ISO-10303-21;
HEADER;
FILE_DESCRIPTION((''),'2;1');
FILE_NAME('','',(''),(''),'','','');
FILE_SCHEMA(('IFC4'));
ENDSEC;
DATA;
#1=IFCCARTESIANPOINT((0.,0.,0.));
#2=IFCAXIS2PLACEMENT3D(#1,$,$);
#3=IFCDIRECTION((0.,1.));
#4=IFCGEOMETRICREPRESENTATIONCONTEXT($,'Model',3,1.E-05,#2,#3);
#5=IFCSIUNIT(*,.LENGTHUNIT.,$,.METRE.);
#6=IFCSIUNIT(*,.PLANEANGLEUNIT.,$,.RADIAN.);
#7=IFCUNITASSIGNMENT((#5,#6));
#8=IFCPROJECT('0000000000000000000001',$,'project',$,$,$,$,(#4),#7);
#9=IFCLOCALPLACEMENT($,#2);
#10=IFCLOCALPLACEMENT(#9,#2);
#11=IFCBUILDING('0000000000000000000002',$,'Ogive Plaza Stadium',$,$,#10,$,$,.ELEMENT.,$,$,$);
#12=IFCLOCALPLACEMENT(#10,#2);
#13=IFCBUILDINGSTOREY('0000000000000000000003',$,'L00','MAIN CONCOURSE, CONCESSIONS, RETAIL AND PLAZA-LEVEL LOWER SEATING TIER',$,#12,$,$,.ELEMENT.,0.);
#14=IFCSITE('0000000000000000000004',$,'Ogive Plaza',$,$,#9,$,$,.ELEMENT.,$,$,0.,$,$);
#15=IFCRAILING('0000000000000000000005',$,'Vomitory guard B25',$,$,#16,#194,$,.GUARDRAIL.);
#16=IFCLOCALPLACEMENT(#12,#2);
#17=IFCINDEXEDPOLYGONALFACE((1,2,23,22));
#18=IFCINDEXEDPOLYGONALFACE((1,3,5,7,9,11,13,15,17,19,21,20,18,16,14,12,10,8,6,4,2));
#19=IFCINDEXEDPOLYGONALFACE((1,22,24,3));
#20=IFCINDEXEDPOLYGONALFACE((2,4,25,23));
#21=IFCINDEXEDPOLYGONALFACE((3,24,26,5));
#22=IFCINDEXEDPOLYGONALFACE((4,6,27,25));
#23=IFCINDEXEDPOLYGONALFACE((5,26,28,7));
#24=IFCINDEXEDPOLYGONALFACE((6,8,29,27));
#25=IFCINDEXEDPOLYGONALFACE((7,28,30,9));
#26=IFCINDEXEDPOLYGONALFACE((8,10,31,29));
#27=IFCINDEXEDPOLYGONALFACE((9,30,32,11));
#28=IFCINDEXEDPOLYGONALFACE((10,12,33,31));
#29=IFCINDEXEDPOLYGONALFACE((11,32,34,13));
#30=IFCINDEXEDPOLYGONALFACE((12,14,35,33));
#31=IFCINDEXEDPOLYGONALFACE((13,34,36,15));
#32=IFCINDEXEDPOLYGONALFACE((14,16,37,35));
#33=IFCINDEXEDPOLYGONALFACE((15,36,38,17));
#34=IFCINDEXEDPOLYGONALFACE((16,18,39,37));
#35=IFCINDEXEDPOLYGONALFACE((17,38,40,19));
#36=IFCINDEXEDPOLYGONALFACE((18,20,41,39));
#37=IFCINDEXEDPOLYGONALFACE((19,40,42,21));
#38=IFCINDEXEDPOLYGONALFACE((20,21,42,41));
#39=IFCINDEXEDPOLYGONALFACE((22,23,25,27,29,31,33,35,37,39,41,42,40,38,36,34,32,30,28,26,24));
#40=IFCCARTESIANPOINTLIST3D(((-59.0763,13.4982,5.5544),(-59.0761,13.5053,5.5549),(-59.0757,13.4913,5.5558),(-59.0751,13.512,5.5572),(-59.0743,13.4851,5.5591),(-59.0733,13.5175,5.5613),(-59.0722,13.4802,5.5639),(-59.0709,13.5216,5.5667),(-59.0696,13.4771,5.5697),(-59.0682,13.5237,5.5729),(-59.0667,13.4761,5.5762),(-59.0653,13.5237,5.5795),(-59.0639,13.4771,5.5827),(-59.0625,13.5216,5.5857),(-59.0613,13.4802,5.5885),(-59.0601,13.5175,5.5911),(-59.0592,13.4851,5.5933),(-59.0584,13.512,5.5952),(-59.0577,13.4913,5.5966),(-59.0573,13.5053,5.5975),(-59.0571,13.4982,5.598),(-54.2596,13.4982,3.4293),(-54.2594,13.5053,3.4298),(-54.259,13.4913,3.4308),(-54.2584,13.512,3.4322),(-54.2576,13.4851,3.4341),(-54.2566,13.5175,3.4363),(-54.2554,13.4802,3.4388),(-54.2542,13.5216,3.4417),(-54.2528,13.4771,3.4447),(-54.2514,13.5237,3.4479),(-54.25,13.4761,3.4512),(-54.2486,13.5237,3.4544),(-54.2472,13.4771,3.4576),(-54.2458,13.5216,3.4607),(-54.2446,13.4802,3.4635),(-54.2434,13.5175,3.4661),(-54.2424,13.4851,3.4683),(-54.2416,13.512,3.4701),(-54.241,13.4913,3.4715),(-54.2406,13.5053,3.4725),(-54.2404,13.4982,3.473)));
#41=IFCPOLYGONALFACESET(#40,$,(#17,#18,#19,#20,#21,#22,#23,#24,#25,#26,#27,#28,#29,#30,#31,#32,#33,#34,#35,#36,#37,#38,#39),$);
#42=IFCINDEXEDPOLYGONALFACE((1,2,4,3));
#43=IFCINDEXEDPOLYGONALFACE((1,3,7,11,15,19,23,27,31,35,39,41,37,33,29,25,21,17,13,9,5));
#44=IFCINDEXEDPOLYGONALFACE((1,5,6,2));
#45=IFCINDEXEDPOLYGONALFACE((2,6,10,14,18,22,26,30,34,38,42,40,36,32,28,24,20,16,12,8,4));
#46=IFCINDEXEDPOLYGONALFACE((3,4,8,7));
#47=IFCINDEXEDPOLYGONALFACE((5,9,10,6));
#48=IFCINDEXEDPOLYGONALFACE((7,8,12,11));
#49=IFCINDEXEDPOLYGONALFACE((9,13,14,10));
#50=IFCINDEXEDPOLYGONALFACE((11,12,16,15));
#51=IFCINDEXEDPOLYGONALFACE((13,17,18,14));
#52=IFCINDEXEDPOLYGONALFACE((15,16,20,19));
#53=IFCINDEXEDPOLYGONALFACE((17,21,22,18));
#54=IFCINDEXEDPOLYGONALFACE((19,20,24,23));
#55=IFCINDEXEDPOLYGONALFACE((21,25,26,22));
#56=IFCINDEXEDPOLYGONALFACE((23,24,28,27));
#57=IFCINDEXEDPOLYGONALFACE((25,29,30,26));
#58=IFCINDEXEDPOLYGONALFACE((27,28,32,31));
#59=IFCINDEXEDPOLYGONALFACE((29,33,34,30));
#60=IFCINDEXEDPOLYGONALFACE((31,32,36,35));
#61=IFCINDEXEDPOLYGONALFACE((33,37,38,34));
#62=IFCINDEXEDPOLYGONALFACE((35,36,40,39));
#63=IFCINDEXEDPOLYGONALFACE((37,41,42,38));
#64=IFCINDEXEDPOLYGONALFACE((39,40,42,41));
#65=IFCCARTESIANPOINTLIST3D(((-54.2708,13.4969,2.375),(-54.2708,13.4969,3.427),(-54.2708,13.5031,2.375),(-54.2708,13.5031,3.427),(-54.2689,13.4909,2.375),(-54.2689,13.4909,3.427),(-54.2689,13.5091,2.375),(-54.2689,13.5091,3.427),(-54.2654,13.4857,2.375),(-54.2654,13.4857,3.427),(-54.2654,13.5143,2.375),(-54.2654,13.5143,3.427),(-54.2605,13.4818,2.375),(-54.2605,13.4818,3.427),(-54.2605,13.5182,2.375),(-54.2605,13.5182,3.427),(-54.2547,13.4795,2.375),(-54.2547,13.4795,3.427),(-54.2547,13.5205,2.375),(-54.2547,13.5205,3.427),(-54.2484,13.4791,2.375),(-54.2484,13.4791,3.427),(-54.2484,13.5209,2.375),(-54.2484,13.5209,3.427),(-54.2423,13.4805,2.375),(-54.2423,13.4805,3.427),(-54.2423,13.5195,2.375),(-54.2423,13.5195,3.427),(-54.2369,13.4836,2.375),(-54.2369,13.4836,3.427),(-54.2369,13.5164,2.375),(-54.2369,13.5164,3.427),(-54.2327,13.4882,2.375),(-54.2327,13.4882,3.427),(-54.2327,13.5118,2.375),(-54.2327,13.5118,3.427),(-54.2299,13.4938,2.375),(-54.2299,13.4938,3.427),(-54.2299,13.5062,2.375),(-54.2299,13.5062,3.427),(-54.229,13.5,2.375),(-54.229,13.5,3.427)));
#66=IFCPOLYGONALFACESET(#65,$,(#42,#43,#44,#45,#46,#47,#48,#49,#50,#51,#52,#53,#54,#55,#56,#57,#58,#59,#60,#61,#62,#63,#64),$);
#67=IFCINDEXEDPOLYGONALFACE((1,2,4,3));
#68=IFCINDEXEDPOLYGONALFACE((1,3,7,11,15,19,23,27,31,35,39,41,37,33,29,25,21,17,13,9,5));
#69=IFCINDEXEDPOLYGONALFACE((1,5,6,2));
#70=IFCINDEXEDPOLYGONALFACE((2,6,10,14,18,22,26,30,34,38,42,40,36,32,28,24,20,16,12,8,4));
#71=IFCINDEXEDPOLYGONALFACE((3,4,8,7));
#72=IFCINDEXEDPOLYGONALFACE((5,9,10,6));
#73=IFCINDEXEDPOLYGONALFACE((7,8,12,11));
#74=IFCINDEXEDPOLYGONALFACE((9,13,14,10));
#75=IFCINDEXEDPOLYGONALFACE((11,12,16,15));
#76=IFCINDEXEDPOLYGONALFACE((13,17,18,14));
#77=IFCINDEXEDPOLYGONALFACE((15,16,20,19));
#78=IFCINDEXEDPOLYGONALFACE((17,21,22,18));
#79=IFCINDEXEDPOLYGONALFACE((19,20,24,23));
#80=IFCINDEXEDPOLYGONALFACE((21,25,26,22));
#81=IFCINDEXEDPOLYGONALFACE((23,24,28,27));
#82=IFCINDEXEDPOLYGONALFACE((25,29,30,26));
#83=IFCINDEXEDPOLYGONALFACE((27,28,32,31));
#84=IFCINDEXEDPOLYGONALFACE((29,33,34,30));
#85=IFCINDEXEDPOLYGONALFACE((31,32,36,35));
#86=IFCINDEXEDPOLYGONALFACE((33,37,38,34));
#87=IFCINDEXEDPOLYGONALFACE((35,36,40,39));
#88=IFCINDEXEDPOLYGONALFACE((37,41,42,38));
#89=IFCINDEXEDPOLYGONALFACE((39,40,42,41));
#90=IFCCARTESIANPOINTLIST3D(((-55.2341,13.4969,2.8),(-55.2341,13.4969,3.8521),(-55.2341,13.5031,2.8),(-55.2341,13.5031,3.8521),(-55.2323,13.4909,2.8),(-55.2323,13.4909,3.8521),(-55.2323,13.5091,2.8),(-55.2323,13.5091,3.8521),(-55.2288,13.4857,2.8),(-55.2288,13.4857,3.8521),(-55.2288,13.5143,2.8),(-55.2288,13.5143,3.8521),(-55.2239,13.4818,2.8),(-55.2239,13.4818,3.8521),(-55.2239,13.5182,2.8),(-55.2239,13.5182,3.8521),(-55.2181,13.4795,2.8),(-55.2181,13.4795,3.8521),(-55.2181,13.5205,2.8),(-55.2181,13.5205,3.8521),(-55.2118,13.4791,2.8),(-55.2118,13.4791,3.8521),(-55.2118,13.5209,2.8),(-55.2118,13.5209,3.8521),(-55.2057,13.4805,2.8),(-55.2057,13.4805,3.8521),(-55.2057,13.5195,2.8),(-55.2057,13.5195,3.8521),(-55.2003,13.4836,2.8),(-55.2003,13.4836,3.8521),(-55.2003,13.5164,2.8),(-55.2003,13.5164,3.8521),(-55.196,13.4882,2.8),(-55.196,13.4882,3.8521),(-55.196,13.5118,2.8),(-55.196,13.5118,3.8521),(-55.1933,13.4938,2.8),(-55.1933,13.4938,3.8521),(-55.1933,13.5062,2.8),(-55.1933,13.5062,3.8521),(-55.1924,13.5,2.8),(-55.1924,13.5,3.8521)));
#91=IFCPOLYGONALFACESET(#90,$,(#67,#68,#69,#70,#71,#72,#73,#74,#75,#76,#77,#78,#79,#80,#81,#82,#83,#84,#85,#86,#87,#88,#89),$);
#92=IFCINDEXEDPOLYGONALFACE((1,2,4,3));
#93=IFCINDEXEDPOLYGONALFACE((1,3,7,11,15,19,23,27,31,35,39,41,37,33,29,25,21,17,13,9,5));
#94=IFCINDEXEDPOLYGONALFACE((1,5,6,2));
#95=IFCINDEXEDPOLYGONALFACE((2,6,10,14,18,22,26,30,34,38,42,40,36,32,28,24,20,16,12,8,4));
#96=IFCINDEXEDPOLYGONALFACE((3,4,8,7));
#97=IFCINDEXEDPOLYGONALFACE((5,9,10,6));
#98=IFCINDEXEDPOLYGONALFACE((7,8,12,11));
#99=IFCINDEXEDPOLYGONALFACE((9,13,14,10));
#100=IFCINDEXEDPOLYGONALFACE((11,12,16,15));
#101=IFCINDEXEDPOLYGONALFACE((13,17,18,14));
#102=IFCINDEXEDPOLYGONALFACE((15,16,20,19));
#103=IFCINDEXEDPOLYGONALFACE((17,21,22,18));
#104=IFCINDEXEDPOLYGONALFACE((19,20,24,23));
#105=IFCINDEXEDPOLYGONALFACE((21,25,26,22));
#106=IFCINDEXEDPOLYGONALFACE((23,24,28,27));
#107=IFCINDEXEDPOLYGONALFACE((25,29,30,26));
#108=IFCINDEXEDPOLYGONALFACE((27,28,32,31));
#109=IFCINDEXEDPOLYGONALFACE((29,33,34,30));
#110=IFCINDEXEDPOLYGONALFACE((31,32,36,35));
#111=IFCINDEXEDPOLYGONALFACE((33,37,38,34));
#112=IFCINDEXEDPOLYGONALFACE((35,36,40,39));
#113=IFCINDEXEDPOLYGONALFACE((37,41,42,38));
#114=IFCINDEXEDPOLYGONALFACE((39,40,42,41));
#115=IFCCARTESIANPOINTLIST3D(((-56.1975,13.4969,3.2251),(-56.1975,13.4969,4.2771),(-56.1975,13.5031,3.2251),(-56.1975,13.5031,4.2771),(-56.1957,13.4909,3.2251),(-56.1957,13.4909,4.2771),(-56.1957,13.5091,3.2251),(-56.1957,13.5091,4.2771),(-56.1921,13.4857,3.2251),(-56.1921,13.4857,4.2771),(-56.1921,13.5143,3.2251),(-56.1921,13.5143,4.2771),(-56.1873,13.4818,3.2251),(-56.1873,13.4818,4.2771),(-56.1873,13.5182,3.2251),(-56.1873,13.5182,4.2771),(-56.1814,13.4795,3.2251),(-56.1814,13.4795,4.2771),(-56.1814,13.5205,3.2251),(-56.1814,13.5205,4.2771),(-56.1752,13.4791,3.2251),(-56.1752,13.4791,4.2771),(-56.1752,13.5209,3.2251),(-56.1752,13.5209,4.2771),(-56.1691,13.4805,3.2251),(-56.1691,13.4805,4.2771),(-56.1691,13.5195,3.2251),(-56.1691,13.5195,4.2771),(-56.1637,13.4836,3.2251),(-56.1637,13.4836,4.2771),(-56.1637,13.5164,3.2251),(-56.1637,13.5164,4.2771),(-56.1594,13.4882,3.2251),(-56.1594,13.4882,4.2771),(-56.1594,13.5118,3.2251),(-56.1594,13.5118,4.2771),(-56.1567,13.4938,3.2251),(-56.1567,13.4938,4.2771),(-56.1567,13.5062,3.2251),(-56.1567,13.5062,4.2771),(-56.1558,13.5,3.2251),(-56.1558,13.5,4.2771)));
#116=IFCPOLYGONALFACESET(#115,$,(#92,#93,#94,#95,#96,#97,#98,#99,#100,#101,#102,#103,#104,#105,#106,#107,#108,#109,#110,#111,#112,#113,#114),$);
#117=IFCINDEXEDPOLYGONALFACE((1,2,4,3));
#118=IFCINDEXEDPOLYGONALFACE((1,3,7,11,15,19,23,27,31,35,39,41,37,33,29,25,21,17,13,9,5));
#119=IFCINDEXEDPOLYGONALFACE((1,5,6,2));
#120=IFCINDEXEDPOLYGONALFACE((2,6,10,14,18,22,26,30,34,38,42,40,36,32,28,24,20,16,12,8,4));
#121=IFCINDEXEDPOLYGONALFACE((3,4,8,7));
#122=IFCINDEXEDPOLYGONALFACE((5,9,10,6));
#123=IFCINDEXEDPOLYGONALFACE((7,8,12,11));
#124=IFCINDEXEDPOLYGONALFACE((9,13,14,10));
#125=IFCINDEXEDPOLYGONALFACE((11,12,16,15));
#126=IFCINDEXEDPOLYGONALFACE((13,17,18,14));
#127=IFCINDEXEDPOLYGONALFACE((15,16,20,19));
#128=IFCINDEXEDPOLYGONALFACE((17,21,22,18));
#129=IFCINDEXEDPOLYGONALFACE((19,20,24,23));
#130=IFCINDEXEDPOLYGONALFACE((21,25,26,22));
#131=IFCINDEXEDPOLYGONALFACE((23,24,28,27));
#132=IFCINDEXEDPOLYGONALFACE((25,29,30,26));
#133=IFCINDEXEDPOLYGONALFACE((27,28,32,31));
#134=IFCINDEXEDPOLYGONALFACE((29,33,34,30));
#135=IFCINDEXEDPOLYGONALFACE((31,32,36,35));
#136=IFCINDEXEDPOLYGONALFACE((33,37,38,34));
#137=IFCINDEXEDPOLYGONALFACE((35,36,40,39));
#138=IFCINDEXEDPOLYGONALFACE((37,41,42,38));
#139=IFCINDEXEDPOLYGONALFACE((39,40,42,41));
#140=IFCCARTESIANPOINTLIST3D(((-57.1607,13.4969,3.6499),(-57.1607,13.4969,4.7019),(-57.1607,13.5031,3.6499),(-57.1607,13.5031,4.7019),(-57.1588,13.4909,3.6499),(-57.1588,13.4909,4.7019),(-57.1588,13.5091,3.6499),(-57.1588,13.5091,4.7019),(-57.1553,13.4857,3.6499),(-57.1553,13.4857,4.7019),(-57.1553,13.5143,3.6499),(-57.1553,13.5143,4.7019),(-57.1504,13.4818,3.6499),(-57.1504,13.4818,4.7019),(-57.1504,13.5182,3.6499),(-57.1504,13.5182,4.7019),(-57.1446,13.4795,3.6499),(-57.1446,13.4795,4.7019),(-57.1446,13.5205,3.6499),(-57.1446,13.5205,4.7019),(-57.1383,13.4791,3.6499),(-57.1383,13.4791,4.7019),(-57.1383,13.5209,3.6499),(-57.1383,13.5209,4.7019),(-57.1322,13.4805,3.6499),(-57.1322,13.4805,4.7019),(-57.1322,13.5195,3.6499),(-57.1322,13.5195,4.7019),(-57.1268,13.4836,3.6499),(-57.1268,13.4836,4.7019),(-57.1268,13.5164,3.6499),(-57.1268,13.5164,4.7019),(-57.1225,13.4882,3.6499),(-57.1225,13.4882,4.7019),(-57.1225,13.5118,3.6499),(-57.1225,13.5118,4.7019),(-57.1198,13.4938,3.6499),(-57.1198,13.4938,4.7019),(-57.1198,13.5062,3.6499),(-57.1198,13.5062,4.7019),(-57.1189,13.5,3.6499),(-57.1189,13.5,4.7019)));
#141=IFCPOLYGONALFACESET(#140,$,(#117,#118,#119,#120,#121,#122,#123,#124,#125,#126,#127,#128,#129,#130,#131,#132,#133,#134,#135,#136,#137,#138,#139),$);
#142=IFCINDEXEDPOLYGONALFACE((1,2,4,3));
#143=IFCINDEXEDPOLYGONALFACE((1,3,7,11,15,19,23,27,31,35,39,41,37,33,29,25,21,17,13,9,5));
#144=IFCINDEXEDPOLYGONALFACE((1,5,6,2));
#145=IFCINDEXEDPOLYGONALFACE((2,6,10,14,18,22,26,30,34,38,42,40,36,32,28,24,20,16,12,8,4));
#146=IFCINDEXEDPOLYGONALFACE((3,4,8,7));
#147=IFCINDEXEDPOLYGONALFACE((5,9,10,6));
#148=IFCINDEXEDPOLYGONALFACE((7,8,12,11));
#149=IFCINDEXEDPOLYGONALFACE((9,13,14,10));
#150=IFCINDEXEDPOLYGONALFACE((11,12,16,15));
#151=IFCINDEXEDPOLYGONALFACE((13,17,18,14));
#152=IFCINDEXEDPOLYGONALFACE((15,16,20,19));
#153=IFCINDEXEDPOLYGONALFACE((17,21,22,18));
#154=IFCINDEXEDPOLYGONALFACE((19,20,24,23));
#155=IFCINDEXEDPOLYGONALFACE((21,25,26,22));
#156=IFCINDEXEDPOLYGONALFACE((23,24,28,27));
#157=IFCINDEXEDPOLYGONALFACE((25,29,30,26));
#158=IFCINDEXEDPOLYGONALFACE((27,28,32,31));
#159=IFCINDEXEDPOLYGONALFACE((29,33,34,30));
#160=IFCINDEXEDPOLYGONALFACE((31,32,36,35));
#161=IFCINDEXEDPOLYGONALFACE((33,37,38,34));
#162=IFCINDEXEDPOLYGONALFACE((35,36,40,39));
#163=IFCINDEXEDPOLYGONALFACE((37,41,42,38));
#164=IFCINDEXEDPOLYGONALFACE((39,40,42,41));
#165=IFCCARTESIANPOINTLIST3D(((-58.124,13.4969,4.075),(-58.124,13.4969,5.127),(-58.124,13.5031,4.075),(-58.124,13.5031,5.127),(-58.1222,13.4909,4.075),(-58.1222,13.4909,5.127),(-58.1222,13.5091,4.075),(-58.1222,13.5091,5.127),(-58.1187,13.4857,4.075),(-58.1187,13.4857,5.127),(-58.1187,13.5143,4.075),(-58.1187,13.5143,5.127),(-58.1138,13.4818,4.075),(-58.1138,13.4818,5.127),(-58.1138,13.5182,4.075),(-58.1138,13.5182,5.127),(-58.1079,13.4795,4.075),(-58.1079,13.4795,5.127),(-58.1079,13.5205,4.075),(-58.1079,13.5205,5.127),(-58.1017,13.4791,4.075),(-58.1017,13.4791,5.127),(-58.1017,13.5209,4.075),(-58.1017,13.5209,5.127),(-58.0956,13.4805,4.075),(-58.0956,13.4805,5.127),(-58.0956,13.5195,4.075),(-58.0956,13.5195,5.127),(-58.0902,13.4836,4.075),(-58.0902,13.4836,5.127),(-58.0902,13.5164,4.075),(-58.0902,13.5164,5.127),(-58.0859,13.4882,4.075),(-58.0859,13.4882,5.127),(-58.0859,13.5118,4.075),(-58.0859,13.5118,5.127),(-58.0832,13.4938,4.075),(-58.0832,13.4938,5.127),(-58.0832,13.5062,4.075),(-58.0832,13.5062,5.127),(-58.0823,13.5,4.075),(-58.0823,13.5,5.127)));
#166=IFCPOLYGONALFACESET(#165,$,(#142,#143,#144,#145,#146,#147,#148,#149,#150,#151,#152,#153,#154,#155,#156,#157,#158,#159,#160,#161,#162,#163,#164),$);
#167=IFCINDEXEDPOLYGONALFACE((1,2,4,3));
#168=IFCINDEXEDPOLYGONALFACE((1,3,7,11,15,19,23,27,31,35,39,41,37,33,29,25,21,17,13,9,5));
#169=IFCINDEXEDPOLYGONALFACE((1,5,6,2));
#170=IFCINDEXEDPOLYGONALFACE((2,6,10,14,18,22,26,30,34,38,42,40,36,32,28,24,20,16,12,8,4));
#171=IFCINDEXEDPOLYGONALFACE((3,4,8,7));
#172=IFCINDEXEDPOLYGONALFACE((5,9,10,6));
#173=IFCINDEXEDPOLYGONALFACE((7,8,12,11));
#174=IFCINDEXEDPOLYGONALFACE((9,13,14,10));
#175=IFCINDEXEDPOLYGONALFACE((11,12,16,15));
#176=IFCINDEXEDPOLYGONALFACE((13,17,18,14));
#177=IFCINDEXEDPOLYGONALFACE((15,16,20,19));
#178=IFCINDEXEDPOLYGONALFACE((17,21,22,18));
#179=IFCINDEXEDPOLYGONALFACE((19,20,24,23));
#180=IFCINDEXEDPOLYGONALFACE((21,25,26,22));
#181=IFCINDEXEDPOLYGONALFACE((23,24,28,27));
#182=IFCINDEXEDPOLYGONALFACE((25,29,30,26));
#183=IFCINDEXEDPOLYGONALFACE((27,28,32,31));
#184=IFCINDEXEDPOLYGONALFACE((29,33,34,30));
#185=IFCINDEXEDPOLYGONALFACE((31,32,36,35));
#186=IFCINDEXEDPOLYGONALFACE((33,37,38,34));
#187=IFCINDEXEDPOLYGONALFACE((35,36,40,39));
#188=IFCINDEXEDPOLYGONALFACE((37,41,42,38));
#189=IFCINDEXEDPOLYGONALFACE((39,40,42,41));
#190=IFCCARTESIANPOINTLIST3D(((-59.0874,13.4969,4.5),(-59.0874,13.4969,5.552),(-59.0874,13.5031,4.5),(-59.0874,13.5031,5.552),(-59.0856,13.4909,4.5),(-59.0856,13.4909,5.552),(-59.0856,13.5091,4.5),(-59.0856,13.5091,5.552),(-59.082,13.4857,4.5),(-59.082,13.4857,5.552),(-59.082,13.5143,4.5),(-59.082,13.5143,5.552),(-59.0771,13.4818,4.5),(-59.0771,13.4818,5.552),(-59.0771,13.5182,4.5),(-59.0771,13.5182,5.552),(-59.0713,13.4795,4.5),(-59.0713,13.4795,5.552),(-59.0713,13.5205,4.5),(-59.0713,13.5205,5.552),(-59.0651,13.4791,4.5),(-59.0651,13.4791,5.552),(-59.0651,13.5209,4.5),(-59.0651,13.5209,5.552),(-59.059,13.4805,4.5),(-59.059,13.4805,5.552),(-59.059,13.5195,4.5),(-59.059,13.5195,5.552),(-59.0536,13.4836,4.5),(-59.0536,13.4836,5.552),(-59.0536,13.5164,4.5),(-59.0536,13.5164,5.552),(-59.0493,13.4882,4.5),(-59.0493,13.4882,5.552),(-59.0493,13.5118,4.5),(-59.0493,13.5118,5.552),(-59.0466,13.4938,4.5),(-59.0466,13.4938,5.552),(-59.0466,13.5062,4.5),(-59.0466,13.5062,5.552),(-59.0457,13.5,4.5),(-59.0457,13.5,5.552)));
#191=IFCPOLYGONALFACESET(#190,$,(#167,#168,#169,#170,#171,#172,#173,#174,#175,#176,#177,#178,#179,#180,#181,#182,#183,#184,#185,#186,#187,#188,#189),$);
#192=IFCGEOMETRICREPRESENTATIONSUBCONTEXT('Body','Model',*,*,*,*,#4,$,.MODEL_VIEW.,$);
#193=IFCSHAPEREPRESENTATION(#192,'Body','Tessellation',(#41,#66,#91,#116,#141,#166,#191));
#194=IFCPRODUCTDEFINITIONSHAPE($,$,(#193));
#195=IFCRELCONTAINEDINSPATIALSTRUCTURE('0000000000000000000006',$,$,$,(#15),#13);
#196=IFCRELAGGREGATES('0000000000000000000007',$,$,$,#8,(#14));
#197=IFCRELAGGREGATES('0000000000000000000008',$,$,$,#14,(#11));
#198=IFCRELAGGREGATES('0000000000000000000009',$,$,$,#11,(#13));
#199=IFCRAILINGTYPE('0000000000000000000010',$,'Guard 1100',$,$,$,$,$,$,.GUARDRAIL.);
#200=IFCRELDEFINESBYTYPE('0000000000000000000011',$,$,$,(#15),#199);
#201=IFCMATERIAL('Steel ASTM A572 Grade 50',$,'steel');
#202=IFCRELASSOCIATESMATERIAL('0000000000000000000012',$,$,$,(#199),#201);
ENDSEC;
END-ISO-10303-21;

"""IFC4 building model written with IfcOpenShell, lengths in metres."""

from ifc_helpers import new_model, si_unit, direction, frame, origin, origin_2d, place, context, subcontext, project, spatial, circle, extrude, material, type_object, element, save


model = new_model("IFC4")

# Units and contexts
model_context = context("Model", 3, precision=1e-05, world=origin(), true_north=direction((0.0, 1.0)))
body_context = subcontext(model_context, "Body", "Model", "MODEL_VIEW")
ifc_project = project(units=[si_unit("LENGTHUNIT", "METRE"), si_unit("PLANEANGLEUNIT", "RADIAN")], contexts=[model_context])

# Site, building, storey
site_placement = place(None, origin())
site = spatial("IfcSite", under=ifc_project, at=site_placement, Name="Ogive Plaza", CompositionType="ELEMENT", RefElevation=0.0)
building_placement = place(site_placement, origin())
building = spatial("IfcBuilding", under=site, at=building_placement, Name="Ogive Plaza Stadium", CompositionType="ELEMENT")
storey_placement = place(building_placement, origin())
storey = spatial("IfcBuildingStorey", under=building, at=storey_placement, Name="L00", Description="MAIN CONCOURSE, CONCESSIONS, RETAIL AND PLAZA-LEVEL LOWER SEATING TIER", CompositionType="ELEMENT", Elevation=0.0)

# Railing
ifc_material_1 = material(Name="Steel ASTM A572 Grade 50", Category="steel")
railing_type = type_object("IfcRailingType", Name="Guard 1100", PredefinedType="GUARDRAIL", material=ifc_material_1)
for number, where, name in (
    (1, (-54.25, 13.5, 2.375), "Vomitory guard B25"),
):
    element("IfcRailing", number, at=place(storey_placement, frame(where)), inside=storey, type_object=railing_type, Name=name, PredefinedType="GUARDRAIL", context=body_context, shape_type="SweptSolid", body=[
        extrude(circle(Radius=0.0239, at=origin_2d()), frame((0.0, 0.0, 1.0762), z_axis=(-0.914917, 0.0, 0.403641), x_axis=(0.0, -1.0, 0.0)), (0.0, 0.0, 1.0), 5.2646),
        extrude(circle(Radius=0.021, at=origin_2d()), origin(), (0.0, 0.0, 1.0), 1.052),
        extrude(circle(Radius=0.021, at=origin_2d()), frame((-0.9634, 0.0, 0.425)), (0.0, 0.0, 1.0), 1.052),
        extrude(circle(Radius=0.021, at=origin_2d()), frame((-1.9268, 0.0, 0.8501)), (0.0, 0.0, 1.0), 1.052),
        extrude(circle(Radius=0.021, at=origin_2d()), frame((-2.8899, 0.0, 1.2749)), (0.0, 0.0, 1.0), 1.052),
        extrude(circle(Radius=0.021, at=origin_2d()), frame((-3.8533, 0.0, 1.7)), (0.0, 0.0, 1.0), 1.052),
        extrude(circle(Radius=0.021, at=origin_2d()), frame((-4.8167, 0.0, 2.125)), (0.0, 0.0, 1.0), 1.052),
    ])

save(model, "model.ifc")
